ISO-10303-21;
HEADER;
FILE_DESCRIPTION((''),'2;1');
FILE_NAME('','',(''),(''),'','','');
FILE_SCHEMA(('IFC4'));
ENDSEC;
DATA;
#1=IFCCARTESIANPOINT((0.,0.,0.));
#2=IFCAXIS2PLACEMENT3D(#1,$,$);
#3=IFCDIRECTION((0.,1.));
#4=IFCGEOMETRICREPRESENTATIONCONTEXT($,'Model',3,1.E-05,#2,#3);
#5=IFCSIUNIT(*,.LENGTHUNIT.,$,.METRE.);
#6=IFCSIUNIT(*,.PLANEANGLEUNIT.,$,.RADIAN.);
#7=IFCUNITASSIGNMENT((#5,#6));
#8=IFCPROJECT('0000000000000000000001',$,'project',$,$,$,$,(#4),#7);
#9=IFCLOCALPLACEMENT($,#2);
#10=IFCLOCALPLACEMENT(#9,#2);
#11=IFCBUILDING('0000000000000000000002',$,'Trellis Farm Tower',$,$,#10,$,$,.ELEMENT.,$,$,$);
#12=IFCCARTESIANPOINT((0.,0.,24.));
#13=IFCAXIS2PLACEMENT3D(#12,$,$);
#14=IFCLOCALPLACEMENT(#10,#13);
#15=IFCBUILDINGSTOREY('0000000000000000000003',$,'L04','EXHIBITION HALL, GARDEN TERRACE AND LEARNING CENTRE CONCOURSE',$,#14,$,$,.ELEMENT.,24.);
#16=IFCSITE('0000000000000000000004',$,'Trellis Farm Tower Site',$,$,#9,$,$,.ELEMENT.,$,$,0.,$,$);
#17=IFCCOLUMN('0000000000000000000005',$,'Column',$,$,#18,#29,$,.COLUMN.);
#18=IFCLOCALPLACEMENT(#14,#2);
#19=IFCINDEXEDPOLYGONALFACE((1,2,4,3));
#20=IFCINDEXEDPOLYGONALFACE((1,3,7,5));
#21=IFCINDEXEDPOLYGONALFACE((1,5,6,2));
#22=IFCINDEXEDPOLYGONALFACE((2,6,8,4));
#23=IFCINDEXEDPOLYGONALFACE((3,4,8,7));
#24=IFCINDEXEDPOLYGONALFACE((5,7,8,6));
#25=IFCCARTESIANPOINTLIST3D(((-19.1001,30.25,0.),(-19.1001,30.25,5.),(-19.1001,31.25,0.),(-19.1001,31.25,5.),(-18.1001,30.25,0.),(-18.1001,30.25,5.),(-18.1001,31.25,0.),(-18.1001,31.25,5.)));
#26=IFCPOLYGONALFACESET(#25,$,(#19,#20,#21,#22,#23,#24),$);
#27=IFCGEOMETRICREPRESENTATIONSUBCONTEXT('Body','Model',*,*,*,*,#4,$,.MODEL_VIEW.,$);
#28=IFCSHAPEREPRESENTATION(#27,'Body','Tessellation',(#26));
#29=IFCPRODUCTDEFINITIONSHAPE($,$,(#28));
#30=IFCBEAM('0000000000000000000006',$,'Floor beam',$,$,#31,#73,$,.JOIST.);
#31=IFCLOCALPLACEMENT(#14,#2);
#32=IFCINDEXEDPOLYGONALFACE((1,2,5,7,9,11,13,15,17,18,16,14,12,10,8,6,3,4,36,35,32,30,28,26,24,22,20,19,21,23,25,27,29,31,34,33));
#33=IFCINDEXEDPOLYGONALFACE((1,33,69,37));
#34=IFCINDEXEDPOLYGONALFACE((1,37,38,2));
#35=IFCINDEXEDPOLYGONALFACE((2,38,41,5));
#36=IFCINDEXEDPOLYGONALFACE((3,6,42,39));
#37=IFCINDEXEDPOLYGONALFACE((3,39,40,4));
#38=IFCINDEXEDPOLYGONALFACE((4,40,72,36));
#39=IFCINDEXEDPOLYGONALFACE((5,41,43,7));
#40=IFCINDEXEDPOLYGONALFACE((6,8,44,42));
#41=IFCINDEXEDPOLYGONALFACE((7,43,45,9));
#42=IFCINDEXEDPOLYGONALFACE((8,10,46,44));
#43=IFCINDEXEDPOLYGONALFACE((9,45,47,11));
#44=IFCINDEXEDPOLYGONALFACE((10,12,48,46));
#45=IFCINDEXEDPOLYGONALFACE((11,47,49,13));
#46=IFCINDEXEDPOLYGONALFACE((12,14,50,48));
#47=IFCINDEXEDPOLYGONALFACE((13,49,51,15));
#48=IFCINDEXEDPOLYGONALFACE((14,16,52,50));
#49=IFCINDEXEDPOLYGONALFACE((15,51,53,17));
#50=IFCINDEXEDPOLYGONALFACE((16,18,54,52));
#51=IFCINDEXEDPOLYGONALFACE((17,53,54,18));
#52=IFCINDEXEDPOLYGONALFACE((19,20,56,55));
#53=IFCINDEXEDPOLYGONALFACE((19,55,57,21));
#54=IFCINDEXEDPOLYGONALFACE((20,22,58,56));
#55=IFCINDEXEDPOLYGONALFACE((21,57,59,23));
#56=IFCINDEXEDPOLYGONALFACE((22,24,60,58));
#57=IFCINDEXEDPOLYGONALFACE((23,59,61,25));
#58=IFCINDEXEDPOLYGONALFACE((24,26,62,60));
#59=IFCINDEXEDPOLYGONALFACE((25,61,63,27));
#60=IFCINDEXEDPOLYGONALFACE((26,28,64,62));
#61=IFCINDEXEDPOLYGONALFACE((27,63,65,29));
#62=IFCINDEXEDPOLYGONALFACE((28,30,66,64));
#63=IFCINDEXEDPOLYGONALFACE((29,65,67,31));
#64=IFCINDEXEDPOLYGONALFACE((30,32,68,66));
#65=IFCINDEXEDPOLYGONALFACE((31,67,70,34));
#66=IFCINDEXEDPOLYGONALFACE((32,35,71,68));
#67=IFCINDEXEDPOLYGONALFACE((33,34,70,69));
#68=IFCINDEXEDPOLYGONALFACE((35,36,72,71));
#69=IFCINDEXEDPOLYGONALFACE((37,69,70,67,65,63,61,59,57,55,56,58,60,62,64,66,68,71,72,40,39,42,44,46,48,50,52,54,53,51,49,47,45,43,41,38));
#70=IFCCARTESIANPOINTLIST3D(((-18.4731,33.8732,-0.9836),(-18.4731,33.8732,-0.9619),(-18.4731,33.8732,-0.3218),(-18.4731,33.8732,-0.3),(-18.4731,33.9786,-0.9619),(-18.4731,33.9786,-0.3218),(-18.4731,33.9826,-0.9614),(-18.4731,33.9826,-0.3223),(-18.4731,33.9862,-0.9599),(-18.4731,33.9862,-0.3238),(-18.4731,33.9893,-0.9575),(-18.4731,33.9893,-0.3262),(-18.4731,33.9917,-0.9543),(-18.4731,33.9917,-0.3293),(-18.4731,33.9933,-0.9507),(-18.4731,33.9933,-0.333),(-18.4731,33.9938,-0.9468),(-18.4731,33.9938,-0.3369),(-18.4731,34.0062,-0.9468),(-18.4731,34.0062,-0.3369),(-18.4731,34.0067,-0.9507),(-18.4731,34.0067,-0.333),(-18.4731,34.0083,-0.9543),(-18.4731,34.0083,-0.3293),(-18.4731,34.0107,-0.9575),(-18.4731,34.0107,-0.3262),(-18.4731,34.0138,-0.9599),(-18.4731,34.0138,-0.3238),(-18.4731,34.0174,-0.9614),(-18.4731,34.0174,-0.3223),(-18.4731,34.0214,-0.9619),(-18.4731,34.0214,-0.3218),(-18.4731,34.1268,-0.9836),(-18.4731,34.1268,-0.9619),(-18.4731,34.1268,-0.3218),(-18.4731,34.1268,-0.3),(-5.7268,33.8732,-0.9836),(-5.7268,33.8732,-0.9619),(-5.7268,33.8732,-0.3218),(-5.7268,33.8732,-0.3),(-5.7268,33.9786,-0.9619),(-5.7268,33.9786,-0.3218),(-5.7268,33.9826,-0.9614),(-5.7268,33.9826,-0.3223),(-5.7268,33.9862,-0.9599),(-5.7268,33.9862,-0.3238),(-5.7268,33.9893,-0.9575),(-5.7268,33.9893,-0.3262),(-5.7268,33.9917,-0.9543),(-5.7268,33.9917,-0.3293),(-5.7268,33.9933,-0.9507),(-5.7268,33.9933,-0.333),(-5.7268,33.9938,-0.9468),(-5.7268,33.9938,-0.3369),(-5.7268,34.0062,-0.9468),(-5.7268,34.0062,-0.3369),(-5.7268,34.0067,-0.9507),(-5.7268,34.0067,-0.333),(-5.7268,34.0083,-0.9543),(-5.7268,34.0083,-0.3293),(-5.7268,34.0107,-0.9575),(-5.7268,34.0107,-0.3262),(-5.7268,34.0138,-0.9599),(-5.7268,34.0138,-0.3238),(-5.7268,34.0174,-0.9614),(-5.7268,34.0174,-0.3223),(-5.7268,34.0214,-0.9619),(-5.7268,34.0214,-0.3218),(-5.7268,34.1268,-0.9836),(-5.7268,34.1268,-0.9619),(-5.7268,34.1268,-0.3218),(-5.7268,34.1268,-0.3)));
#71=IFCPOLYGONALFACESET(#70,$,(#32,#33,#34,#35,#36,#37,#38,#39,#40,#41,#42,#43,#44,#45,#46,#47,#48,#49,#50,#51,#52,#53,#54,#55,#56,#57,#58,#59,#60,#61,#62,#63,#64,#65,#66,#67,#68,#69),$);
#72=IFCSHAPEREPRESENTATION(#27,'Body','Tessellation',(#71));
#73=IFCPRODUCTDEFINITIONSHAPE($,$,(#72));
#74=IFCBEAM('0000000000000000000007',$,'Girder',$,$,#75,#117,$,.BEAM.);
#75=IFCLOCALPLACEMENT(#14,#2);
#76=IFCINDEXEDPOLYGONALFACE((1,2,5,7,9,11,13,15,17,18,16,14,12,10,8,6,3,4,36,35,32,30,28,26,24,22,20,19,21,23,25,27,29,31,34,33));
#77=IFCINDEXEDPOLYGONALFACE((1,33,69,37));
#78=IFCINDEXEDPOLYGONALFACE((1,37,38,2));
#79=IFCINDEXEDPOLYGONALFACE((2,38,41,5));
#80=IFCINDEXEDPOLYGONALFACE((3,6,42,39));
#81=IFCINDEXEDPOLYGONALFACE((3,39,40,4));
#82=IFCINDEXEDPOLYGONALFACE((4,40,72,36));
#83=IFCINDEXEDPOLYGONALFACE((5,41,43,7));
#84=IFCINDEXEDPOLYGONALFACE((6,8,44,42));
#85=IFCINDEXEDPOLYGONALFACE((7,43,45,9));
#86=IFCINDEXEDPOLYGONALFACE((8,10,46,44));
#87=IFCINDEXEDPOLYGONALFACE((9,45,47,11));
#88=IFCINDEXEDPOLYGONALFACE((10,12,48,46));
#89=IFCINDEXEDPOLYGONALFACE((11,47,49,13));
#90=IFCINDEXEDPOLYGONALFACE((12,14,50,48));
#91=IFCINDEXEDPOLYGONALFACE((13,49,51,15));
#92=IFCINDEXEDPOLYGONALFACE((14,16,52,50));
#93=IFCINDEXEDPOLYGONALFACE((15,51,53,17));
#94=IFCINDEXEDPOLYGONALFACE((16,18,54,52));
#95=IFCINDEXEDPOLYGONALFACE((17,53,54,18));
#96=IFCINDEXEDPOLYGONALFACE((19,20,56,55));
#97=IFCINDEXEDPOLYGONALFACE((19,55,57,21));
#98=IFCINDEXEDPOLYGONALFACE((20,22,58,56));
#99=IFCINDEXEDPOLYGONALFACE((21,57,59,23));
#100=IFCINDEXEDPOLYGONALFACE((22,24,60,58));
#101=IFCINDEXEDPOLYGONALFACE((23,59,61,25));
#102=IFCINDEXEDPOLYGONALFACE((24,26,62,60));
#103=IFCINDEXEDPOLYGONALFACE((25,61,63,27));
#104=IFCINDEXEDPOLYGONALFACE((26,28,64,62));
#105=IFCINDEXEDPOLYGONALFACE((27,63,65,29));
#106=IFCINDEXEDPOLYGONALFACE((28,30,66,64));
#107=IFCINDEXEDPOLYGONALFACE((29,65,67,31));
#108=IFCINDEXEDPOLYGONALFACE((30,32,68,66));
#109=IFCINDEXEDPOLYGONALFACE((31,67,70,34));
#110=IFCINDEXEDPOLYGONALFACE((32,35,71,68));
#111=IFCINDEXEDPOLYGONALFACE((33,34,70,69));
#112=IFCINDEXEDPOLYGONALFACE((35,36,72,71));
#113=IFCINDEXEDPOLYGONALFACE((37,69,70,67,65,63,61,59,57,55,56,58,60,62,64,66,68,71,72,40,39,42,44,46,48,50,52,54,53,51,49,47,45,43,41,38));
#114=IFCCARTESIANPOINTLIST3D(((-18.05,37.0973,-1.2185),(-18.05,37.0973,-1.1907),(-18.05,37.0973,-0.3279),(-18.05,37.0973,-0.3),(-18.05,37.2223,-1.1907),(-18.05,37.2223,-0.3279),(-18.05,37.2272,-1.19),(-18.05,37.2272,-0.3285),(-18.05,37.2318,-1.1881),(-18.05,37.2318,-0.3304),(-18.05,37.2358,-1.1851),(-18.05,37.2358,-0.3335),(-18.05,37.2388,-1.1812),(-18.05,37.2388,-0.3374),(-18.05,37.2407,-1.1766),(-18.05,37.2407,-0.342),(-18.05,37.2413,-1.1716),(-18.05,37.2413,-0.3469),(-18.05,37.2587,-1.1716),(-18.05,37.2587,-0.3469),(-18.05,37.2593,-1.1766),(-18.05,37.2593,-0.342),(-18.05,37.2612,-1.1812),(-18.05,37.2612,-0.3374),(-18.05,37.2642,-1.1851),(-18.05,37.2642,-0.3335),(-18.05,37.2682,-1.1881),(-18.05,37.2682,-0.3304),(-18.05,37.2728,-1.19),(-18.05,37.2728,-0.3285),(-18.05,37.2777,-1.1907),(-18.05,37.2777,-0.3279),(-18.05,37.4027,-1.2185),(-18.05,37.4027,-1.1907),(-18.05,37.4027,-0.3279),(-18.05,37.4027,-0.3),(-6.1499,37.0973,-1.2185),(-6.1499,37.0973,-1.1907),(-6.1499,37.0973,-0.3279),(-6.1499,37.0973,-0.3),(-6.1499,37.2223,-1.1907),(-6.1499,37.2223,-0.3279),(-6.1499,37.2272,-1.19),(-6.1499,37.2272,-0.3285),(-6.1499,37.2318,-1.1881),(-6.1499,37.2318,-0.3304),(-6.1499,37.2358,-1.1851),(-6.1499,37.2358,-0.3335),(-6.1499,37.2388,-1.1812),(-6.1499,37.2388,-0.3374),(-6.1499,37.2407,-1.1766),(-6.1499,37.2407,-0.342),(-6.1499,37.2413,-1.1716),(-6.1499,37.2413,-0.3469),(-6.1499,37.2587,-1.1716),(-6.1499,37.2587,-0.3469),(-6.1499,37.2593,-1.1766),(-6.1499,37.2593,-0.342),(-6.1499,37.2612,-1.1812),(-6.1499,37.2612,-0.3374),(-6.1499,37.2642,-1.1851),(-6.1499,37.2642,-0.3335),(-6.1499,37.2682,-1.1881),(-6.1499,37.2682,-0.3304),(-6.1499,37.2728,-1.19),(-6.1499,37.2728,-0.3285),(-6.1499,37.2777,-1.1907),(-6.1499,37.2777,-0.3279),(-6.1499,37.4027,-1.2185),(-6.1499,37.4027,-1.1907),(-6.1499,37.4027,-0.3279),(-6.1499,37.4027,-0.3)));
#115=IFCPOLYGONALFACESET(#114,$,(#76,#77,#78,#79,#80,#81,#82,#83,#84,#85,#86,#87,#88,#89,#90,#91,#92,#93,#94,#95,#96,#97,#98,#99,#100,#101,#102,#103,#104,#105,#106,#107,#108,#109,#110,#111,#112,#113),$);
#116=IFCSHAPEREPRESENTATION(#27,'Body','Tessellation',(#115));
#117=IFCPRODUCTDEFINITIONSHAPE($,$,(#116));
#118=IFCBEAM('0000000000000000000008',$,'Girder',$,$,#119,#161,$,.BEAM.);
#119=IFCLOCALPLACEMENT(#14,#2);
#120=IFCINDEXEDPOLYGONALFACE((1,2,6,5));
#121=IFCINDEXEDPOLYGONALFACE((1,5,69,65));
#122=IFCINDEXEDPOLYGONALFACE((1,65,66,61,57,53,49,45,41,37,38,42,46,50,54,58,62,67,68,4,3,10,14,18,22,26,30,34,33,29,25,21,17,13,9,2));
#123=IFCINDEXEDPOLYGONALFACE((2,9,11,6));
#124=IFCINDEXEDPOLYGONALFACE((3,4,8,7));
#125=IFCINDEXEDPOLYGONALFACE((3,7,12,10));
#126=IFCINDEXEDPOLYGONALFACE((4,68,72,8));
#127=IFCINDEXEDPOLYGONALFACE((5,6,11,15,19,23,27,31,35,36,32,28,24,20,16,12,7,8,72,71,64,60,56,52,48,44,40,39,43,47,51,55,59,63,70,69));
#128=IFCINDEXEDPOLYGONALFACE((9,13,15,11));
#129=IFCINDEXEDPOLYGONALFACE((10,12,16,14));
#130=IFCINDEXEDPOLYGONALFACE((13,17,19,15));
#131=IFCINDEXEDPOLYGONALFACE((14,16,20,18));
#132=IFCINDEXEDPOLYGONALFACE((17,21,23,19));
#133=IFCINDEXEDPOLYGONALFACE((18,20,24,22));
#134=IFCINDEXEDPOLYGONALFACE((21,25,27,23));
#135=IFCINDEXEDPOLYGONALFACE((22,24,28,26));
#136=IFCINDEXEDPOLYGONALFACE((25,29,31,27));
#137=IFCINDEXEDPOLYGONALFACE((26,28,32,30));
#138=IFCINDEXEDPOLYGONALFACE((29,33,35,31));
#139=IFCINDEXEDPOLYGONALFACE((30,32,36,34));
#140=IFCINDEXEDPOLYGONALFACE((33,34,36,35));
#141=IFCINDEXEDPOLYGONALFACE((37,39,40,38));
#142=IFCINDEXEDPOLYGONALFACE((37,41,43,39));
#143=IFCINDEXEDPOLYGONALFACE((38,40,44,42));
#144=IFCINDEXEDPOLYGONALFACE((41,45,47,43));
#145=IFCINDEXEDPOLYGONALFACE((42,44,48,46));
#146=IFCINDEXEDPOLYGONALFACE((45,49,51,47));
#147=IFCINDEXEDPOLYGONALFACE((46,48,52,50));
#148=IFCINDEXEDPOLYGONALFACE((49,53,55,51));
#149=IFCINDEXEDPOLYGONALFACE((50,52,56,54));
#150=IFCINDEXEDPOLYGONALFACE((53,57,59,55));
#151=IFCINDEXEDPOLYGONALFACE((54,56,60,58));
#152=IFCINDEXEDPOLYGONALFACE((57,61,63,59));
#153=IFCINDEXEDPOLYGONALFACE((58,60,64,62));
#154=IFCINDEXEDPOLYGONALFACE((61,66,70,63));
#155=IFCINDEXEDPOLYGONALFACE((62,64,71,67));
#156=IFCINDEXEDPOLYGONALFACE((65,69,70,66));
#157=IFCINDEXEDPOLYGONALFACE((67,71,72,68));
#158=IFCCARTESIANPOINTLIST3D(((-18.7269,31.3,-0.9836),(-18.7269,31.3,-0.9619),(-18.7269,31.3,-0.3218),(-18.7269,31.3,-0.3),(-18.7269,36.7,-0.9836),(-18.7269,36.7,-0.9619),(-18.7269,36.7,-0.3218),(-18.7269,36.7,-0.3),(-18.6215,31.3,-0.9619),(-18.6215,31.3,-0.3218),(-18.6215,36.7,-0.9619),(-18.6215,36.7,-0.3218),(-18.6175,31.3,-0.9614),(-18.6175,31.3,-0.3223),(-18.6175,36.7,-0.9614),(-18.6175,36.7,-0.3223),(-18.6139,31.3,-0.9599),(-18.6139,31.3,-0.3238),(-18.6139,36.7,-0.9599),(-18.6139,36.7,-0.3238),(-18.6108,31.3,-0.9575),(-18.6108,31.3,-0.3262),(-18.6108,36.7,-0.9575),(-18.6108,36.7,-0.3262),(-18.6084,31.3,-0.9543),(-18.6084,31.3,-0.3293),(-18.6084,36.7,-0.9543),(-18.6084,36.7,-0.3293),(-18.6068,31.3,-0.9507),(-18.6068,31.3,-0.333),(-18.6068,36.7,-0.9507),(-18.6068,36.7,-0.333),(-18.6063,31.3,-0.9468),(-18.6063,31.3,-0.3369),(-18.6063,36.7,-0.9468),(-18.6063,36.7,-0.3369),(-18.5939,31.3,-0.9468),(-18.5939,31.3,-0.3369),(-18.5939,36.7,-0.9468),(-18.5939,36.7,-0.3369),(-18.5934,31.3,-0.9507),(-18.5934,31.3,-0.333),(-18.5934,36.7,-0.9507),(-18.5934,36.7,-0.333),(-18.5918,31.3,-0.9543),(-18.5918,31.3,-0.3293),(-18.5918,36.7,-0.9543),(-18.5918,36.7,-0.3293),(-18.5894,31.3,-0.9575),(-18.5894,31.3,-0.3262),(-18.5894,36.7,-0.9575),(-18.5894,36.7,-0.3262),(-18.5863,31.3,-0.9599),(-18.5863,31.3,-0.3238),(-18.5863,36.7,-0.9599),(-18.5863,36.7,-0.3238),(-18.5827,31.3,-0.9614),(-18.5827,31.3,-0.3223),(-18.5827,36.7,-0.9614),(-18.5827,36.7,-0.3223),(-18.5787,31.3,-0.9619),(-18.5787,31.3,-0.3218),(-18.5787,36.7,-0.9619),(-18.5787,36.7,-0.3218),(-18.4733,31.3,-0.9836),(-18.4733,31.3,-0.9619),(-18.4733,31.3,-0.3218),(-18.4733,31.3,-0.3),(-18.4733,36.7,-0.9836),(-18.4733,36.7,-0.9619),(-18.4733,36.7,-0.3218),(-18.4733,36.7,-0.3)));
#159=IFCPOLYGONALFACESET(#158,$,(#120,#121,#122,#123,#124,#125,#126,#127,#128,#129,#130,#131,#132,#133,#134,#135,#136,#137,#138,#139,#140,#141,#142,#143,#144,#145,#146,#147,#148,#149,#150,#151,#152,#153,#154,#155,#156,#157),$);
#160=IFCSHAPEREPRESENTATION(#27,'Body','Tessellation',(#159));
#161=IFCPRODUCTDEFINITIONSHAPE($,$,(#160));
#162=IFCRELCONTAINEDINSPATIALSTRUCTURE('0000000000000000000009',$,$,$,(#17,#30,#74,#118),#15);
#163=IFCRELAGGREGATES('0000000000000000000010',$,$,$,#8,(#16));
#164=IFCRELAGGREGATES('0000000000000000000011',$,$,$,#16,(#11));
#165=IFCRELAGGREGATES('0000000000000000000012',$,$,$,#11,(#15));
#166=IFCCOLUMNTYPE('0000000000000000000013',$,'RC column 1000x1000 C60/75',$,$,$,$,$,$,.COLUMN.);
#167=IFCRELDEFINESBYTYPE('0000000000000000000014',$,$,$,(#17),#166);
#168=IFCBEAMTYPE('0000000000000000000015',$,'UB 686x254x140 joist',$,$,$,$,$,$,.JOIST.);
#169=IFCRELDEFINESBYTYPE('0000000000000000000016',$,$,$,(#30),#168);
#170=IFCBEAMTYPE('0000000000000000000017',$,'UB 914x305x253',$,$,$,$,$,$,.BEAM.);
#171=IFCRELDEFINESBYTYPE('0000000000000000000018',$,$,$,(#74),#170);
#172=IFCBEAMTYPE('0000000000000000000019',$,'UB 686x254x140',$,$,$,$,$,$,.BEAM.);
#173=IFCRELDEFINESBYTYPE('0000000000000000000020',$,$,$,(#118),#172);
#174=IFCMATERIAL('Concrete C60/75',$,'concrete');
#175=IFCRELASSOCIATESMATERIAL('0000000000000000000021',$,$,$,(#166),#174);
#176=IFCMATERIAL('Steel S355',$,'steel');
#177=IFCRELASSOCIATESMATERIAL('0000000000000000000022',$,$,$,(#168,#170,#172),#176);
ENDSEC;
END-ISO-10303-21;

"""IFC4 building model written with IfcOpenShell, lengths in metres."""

from ifc_helpers import new_model, si_unit, direction, frame, origin, origin_2d, place, context, subcontext, project, spatial, rectangle, i_section, extrude, source, transform, mapped, material, material_profile, profile_set, type_object, element, save


model = new_model("IFC4")

# Units and contexts
model_context = context("Model", 3, precision=1e-05, world=origin(), true_north=direction((0.0, 1.0)))
body_context = subcontext(model_context, "Body", "Model", "MODEL_VIEW")
ifc_project = project(units=[si_unit("LENGTHUNIT", "METRE"), si_unit("PLANEANGLEUNIT", "RADIAN")], contexts=[model_context])

# Site, building, storey
site_placement = place(None, origin())
site = spatial("IfcSite", under=ifc_project, at=site_placement, Name="Trellis Farm Tower Site", CompositionType="ELEMENT", RefElevation=0.0)
building_placement = place(site_placement, origin())
building = spatial("IfcBuilding", under=site, at=building_placement, Name="Trellis Farm Tower", CompositionType="ELEMENT")
storey_placement = place(building_placement, frame((0.0, 0.0, 24.0)))
storey = spatial("IfcBuildingStorey", under=building, at=storey_placement, Name="L04", Description="EXHIBITION HALL, GARDEN TERRACE AND LEARNING CENTRE CONCOURSE", CompositionType="ELEMENT", Elevation=24.0)

# Column
ifc_material_1 = material(Name="Concrete C60/75", Category="concrete")
ifc_material_profile_1 = material_profile(ifc_material_1, rectangle(XDim=1.0, YDim=1.0, at=origin_2d()), Name="RC column 1000x1000 C60/75")
ifc_profile_set_1 = profile_set([ifc_material_profile_1], Name="Concrete C60/75")
column_type = type_object("IfcColumnType", Name="RC column 1000x1000 C60/75", PredefinedType="COLUMN", material=ifc_profile_set_1)
shared_shape_1 = source(origin(), body_context, "Body", "SweptSolid", [
    extrude(rectangle(XDim=1.0, YDim=1.0, at=origin_2d()), origin(), (0.0, 0.0, 1.0), 5.0),
])
column_placement = place(storey_placement, frame((-18.6001, 30.75, 0.0), z_axis=(0.0, 0.0, 1.0), x_axis=(1.0, 0.0, 0.0)))
element("IfcColumn", 1, at=column_placement, inside=storey, type_object=column_type, Name="Column", PredefinedType="COLUMN", context=body_context, shape_type="MappedRepresentation", body=[
    mapped(shared_shape_1, transform((0.0, 0.0, 0.0))),
])

# Beams
ifc_material_2 = material(Name="Steel S355", Category="steel")
ifc_material_profile_2 = material_profile(ifc_material_2, i_section(OverallWidth=0.2537, OverallDepth=0.6836, WebThickness=0.0125, FlangeThickness=0.0217, FilletRadius=0.0151, at=origin_2d()), Name="UB 686x254x140")
ifc_profile_set_2 = profile_set([ifc_material_profile_2], Name="Steel S355")
beam_type_1 = type_object("IfcBeamType", Name="UB 686x254x140 joist", PredefinedType="JOIST", material=ifc_profile_set_2)
shared_shape_2 = source(origin(), body_context, "Body", "SweptSolid", [
    extrude(i_section(OverallWidth=0.2537, OverallDepth=0.6836, WebThickness=0.0125, FlangeThickness=0.0217, FilletRadius=0.0151, at=origin_2d()), origin(), (0.0, 0.0, 1.0), 12.7463),
])
beam_1_placement = place(storey_placement, frame((-18.4731, 34.0, -0.6418), z_axis=(1.0, 0.0, 0.0), x_axis=(0.0, 1.0, 0.0)))
element("IfcBeam", 2, at=beam_1_placement, inside=storey, type_object=beam_type_1, Name="Floor beam", PredefinedType="JOIST", context=body_context, shape_type="MappedRepresentation", body=[
    mapped(shared_shape_2, transform((0.0, 0.0, 0.0))),
])
ifc_material_profile_3 = material_profile(ifc_material_2, i_section(OverallWidth=0.3054, OverallDepth=0.9185, WebThickness=0.0173, FlangeThickness=0.0278, FilletRadius=0.019, at=origin_2d()), Name="UB 914x305x253")
ifc_profile_set_3 = profile_set([ifc_material_profile_3], Name="Steel S355")
beam_type_2 = type_object("IfcBeamType", Name="UB 914x305x253", PredefinedType="BEAM", material=ifc_profile_set_3)
shared_shape_3 = source(origin(), body_context, "Body", "SweptSolid", [
    extrude(i_section(OverallWidth=0.3054, OverallDepth=0.9185, WebThickness=0.0173, FlangeThickness=0.0278, FilletRadius=0.019, at=origin_2d()), origin(), (0.0, 0.0, 1.0), 11.9001),
])
beam_2_placement = place(storey_placement, frame((-18.05, 37.25, -0.7593), z_axis=(1.0, 0.0, 0.0), x_axis=(0.0, 1.0, 0.0)))
element("IfcBeam", 3, at=beam_2_placement, inside=storey, type_object=beam_type_2, Name="Girder", PredefinedType="BEAM", context=body_context, shape_type="MappedRepresentation", body=[
    mapped(shared_shape_3, transform((0.0, 0.0, 0.0))),
])
ifc_material_profile_4 = material_profile(ifc_material_2, i_section(OverallWidth=0.2537, OverallDepth=0.6836, WebThickness=0.0125, FlangeThickness=0.0217, FilletRadius=0.0151, at=origin_2d()), Name="UB 686x254x140")
ifc_profile_set_4 = profile_set([ifc_material_profile_4], Name="Steel S355")
beam_type_3 = type_object("IfcBeamType", Name="UB 686x254x140", PredefinedType="BEAM", material=ifc_profile_set_4)
shared_shape_4 = source(origin(), body_context, "Body", "SweptSolid", [
    extrude(i_section(OverallWidth=0.2537, OverallDepth=0.6836, WebThickness=0.0125, FlangeThickness=0.0217, FilletRadius=0.0151, at=origin_2d()), origin(), (0.0, 0.0, 1.0), 5.3999),
])
beam_3_placement = place(storey_placement, frame((-18.6001, 31.3, -0.6418), z_axis=(0.0, 1.0, 0.0), x_axis=(-1.0, 0.0, 0.0)))
element("IfcBeam", 4, at=beam_3_placement, inside=storey, type_object=beam_type_3, Name="Girder", PredefinedType="BEAM", context=body_context, shape_type="MappedRepresentation", body=[
    mapped(shared_shape_4, transform((0.0, 0.0, 0.0))),
])

save(model, "model.ifc")
